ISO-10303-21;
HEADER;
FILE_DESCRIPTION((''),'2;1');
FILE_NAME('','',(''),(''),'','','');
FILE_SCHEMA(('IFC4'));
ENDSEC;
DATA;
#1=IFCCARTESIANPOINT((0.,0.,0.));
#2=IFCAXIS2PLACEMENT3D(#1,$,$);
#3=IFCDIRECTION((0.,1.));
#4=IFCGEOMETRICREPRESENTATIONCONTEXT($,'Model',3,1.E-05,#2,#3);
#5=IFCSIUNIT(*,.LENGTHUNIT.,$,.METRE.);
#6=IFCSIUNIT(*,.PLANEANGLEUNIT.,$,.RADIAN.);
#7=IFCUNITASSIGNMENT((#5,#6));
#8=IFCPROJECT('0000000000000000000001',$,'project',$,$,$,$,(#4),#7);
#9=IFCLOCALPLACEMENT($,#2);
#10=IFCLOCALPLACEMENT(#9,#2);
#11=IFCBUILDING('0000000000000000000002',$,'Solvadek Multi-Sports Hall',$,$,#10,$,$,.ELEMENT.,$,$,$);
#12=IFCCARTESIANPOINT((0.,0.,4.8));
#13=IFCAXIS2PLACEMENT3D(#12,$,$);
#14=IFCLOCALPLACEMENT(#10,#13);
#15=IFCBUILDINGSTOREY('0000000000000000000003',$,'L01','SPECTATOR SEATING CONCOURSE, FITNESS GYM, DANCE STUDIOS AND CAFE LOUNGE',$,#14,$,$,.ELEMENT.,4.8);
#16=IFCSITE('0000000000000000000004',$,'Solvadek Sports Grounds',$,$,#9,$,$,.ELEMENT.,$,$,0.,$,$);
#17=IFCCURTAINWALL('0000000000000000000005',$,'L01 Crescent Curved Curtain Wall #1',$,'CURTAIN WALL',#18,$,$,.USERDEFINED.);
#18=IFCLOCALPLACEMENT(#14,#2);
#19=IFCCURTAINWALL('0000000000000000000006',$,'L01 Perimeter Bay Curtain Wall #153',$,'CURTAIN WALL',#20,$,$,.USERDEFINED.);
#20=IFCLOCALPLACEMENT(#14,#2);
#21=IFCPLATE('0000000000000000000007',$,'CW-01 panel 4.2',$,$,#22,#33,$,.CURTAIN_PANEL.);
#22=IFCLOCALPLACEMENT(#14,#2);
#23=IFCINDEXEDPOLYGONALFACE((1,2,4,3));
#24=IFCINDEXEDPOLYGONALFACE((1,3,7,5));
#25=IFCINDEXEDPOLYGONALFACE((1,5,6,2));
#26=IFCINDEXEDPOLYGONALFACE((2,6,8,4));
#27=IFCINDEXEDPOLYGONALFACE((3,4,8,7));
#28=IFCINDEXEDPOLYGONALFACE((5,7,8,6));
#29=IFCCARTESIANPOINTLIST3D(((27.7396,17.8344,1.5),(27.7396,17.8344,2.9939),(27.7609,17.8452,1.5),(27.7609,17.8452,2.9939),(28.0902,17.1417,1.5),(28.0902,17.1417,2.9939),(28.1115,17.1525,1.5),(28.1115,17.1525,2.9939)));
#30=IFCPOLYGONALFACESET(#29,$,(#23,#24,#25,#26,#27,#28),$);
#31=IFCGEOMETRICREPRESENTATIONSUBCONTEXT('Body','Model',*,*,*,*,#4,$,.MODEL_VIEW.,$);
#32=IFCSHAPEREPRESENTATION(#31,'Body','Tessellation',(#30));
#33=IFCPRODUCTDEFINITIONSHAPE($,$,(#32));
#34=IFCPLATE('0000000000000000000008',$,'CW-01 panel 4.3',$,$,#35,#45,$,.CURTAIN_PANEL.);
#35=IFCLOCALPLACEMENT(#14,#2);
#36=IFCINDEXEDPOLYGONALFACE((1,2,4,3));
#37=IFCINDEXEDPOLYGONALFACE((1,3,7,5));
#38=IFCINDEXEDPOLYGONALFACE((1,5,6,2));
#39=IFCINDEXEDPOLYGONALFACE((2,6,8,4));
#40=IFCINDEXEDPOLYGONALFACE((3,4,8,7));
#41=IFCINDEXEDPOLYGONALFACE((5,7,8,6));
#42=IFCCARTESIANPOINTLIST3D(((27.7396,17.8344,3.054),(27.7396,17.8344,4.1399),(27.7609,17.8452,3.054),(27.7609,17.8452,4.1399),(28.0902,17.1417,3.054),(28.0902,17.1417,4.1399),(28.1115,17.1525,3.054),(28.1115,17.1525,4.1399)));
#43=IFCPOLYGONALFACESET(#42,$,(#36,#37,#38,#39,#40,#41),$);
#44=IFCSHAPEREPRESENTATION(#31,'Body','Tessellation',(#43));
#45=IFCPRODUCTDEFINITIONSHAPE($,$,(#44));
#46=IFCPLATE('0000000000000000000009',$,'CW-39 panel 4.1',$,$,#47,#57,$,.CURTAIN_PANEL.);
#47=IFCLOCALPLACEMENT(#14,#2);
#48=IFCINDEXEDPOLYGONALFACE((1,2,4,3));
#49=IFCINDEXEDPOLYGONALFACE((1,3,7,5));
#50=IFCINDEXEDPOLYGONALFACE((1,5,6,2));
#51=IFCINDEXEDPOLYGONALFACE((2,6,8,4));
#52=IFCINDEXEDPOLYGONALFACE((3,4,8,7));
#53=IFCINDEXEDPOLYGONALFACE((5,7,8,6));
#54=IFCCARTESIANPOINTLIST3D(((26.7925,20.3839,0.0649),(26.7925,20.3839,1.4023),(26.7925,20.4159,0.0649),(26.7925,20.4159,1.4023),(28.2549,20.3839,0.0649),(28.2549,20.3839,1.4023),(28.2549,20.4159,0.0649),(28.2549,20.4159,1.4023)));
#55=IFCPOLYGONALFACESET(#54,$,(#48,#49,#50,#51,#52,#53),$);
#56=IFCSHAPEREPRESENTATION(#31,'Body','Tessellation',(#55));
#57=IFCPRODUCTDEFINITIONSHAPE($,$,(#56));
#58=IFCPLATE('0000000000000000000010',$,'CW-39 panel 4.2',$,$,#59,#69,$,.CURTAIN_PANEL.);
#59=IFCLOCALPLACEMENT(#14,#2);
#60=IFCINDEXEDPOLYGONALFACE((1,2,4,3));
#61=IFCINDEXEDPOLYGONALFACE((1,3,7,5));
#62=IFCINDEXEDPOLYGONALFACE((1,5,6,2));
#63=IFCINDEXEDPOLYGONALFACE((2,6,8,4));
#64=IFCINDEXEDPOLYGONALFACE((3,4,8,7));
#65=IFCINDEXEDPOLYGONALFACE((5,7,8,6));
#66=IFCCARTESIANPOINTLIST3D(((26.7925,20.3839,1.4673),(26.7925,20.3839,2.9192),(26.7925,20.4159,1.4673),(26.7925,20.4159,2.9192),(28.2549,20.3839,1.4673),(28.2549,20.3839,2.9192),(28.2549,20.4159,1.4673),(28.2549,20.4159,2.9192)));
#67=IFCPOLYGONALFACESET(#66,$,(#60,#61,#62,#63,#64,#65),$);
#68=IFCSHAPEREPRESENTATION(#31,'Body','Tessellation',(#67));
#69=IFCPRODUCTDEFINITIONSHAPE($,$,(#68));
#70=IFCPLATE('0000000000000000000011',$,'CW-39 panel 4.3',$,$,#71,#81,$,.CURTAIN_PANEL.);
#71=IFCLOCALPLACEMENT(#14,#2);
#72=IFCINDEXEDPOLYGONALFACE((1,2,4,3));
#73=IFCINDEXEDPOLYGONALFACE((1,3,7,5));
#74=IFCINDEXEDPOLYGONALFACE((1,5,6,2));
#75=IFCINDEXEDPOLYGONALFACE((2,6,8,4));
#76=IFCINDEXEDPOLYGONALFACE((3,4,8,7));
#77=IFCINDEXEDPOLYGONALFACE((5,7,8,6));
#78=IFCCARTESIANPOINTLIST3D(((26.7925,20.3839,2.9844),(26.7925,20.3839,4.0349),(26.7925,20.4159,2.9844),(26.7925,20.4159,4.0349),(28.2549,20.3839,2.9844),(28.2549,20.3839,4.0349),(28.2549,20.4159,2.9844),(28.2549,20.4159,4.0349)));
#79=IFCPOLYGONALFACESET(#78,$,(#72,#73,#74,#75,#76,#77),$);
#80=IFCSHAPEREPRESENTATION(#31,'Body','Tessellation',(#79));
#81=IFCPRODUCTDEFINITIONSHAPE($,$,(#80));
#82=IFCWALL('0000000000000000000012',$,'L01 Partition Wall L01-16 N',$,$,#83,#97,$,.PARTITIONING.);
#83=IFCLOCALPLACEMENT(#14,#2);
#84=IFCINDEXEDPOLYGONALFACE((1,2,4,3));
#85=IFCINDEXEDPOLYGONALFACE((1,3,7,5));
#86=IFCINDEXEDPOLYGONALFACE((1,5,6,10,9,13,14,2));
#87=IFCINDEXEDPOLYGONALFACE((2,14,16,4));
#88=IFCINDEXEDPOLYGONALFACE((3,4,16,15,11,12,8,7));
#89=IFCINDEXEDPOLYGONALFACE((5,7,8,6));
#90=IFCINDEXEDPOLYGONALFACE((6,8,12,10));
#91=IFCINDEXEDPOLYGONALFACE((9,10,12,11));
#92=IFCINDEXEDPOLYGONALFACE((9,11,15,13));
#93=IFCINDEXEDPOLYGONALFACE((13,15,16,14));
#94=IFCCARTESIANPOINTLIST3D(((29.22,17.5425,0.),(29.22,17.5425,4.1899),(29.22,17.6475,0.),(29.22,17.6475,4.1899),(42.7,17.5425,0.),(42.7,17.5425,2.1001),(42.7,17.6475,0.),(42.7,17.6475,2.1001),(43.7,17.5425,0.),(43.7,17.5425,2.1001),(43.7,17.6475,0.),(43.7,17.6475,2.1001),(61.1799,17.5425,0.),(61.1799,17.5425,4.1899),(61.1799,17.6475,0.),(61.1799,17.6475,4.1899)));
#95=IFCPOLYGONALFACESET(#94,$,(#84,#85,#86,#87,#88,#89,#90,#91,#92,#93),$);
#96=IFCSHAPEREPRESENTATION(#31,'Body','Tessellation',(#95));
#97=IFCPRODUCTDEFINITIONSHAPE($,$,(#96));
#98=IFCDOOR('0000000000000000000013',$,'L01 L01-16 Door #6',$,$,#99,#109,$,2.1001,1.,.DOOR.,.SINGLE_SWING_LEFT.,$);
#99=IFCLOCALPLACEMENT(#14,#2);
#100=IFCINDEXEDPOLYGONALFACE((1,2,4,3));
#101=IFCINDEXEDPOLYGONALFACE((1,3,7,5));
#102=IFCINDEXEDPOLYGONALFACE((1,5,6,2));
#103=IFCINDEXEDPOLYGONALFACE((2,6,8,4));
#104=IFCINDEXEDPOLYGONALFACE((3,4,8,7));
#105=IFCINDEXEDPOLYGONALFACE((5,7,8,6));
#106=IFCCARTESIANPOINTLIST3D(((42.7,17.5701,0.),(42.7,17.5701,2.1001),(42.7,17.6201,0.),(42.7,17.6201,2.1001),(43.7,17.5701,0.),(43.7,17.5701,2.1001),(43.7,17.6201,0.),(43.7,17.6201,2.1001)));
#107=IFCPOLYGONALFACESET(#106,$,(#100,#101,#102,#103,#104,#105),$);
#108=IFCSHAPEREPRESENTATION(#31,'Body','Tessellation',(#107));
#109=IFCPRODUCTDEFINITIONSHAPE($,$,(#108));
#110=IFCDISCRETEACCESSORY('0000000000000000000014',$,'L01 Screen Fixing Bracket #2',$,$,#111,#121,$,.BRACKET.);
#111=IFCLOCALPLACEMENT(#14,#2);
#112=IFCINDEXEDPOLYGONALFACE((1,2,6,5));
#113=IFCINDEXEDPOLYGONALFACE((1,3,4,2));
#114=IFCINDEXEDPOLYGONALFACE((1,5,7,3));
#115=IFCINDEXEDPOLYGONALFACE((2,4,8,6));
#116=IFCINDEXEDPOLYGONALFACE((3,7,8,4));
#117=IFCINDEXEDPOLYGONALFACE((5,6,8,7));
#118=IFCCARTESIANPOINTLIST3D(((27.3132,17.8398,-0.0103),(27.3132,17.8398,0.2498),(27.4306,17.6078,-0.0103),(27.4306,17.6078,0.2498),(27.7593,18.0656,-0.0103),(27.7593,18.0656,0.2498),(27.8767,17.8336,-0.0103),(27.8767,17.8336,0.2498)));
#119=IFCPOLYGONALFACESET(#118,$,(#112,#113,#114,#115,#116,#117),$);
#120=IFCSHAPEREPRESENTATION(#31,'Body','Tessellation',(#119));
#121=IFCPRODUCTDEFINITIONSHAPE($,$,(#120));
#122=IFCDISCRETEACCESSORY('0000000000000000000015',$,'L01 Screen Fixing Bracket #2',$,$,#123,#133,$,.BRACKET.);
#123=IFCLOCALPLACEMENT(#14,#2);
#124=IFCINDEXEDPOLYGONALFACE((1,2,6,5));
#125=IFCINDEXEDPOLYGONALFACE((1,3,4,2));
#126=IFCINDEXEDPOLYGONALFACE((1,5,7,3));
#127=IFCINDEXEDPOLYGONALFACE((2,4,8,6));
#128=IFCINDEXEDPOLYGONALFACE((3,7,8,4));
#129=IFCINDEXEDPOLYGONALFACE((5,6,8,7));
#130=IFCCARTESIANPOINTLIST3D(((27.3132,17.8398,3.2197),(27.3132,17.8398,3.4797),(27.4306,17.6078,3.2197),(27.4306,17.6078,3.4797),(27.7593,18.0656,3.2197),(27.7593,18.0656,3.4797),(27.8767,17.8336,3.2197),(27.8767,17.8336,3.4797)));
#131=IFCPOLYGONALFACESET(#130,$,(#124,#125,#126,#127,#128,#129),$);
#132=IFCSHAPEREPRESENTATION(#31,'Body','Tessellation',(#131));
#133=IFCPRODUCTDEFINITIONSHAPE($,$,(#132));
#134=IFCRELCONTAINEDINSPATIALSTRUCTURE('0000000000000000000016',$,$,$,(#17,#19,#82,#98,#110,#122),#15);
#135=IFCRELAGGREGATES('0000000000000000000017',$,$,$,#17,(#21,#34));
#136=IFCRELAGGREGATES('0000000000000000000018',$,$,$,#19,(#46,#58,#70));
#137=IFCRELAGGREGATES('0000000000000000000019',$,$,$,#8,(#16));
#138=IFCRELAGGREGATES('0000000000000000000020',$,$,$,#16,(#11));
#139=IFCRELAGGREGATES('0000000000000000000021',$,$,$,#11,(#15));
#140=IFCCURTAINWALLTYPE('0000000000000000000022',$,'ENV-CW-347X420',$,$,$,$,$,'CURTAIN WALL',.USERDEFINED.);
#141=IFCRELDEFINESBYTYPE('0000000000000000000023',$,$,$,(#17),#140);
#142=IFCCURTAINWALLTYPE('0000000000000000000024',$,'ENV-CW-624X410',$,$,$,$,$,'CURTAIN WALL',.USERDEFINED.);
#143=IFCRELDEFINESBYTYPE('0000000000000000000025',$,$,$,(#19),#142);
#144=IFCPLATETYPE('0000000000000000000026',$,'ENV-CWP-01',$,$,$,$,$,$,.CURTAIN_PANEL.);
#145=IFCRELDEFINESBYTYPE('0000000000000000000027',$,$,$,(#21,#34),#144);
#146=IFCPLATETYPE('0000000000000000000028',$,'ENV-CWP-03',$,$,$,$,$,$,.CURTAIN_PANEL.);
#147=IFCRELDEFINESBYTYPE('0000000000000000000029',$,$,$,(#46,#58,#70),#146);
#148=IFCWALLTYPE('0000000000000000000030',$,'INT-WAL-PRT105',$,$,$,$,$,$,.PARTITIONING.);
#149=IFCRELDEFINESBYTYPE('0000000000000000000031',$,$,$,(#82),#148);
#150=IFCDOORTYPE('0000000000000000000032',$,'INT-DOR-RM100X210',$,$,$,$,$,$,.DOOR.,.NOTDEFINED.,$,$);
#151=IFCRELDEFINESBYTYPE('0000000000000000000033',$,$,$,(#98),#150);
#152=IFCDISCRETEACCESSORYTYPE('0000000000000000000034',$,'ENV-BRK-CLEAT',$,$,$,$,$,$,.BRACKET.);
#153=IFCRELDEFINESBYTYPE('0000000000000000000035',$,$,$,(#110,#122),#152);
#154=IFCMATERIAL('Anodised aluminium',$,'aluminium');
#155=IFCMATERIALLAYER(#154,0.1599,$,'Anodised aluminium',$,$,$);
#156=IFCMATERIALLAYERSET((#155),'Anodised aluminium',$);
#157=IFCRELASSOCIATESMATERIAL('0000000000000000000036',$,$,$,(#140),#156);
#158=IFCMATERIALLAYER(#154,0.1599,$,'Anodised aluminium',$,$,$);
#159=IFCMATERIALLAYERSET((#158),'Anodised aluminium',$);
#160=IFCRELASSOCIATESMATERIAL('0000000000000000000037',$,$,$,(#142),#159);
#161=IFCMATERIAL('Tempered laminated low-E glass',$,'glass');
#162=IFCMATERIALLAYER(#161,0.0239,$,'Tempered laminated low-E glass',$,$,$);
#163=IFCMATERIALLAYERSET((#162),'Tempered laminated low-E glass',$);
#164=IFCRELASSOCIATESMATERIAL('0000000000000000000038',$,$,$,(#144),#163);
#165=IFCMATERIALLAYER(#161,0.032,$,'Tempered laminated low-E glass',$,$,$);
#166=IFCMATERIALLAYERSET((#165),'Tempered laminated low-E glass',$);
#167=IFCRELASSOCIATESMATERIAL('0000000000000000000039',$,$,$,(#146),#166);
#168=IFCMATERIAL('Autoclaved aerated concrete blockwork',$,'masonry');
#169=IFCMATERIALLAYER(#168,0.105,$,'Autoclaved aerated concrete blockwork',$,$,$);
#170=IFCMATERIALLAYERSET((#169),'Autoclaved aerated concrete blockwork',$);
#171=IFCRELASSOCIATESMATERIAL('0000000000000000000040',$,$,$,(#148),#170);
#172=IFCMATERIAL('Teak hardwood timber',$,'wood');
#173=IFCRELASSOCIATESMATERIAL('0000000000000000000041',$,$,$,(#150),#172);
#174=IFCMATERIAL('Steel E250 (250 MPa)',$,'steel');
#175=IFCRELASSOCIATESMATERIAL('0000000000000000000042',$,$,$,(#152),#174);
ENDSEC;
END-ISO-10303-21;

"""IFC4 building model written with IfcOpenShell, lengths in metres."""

from ifc_helpers import new_model, si_unit, direction, frame, frame_2d, origin, origin_2d, place, context, subcontext, project, spatial, rectangle, extrude, material, layer, layer_set, type_object, element, fill, aggregate, save


model = new_model("IFC4")

# Units and contexts
model_context = context("Model", 3, precision=1e-05, world=origin(), true_north=direction((0.0, 1.0)))
body_context = subcontext(model_context, "Body", "Model", "MODEL_VIEW")
ifc_project = project(units=[si_unit("LENGTHUNIT", "METRE"), si_unit("PLANEANGLEUNIT", "RADIAN")], contexts=[model_context])

# Site, building, storey
site_placement = place(None, origin())
site = spatial("IfcSite", under=ifc_project, at=site_placement, Name="Solvadek Sports Grounds", CompositionType="ELEMENT", RefElevation=0.0)
building_placement = place(site_placement, origin())
building = spatial("IfcBuilding", under=site, at=building_placement, Name="Solvadek Multi-Sports Hall", CompositionType="ELEMENT")
storey_placement = place(building_placement, frame((0.0, 0.0, 4.8)))
storey = spatial("IfcBuildingStorey", under=building, at=storey_placement, Name="L01", Description="SPECTATOR SEATING CONCOURSE, FITNESS GYM, DANCE STUDIOS AND CAFE LOUNGE", CompositionType="ELEMENT", Elevation=4.8)

# Curtain wall
ifc_material_1 = material(Name="Anodised aluminium", Category="aluminium")
ifc_layer_1 = layer(ifc_material_1, 0.1599, Name="Anodised aluminium")
ifc_layer_set_1 = layer_set([ifc_layer_1], Name="Anodised aluminium")
curtain_wall_type_1 = type_object("IfcCurtainWallType", Name="ENV-CW-347X420", ElementType="CURTAIN WALL", PredefinedType="USERDEFINED", material=ifc_layer_set_1)
curtain_wall_1_placement = place(storey_placement, origin())
curtain_wall_1 = element("IfcCurtainWall", 1, at=curtain_wall_1_placement, inside=storey, type_object=curtain_wall_type_1, Name="L01 Crescent Curved Curtain Wall #1", ObjectType="CURTAIN WALL", PredefinedType="USERDEFINED")

# Curtain wall
ifc_layer_2 = layer(ifc_material_1, 0.1599, Name="Anodised aluminium")
ifc_layer_set_2 = layer_set([ifc_layer_2], Name="Anodised aluminium")
curtain_wall_type_2 = type_object("IfcCurtainWallType", Name="ENV-CW-624X410", ElementType="CURTAIN WALL", PredefinedType="USERDEFINED", material=ifc_layer_set_2)
curtain_wall_2_placement = place(storey_placement, origin())
curtain_wall_2 = element("IfcCurtainWall", 2, at=curtain_wall_2_placement, inside=storey, type_object=curtain_wall_type_2, Name="L01 Perimeter Bay Curtain Wall #153", ObjectType="CURTAIN WALL", PredefinedType="USERDEFINED")

# Plates
ifc_material_2 = material(Name="Tempered laminated low-E glass", Category="glass")
ifc_layer_3 = layer(ifc_material_2, 0.0239, Name="Tempered laminated low-E glass")
ifc_layer_set_3 = layer_set([ifc_layer_3], Name="Tempered laminated low-E glass")
plate_type_1 = type_object("IfcPlateType", Name="ENV-CWP-01", PredefinedType="CURTAIN_PANEL", material=ifc_layer_set_3)
plate_1_placement = place(storey_placement, frame((27.9255, 17.4934, 1.5), z_axis=(0.0, 0.0, 1.0), x_axis=(0.451559, -0.892241, 0.0)))
plate_1 = element("IfcPlate", 3, at=plate_1_placement, type_object=plate_type_1, Name="CW-01 panel 4.2", PredefinedType="CURTAIN_PANEL", context=body_context, shape_type="SweptSolid", body=[
    extrude(rectangle(XDim=0.7764, YDim=0.0239, at=origin_2d()), origin(), (0.0, 0.0, 1.0), 1.4939),
])
plate_2_placement = place(storey_placement, frame((27.9255, 17.4934, 3.054), z_axis=(0.0, 0.0, 1.0), x_axis=(0.451559, -0.892241, 0.0)))
plate_2 = element("IfcPlate", 4, at=plate_2_placement, type_object=plate_type_1, Name="CW-01 panel 4.3", PredefinedType="CURTAIN_PANEL", context=body_context, shape_type="SweptSolid", body=[
    extrude(rectangle(XDim=0.7764, YDim=0.0239, at=origin_2d()), origin(), (0.0, 0.0, 1.0), 1.0859),
])
aggregate(curtain_wall_1, [plate_1, plate_2])
ifc_layer_4 = layer(ifc_material_2, 0.032, Name="Tempered laminated low-E glass")
ifc_layer_set_4 = layer_set([ifc_layer_4], Name="Tempered laminated low-E glass")
plate_type_2 = type_object("IfcPlateType", Name="ENV-CWP-03", PredefinedType="CURTAIN_PANEL", material=ifc_layer_set_4)
plate_3_placement = place(storey_placement, frame((27.5237, 20.3999, 0.0649), z_axis=(0.0, 0.0, 1.0), x_axis=(1.0, 0.0, 0.0)))
plate_3 = element("IfcPlate", 5, at=plate_3_placement, type_object=plate_type_2, Name="CW-39 panel 4.1", PredefinedType="CURTAIN_PANEL", context=body_context, shape_type="SweptSolid", body=[
    extrude(rectangle(XDim=1.4624, YDim=0.032, at=origin_2d()), origin(), (0.0, 0.0, 1.0), 1.3374),
])
plate_4_placement = place(storey_placement, frame((27.5237, 20.3999, 1.4673), z_axis=(0.0, 0.0, 1.0), x_axis=(1.0, 0.0, 0.0)))
plate_4 = element("IfcPlate", 6, at=plate_4_placement, type_object=plate_type_2, Name="CW-39 panel 4.2", PredefinedType="CURTAIN_PANEL", context=body_context, shape_type="SweptSolid", body=[
    extrude(rectangle(XDim=1.4624, YDim=0.032, at=origin_2d()), origin(), (0.0, 0.0, 1.0), 1.4519),
])
plate_5_placement = place(storey_placement, frame((27.5237, 20.3999, 2.9844), z_axis=(0.0, 0.0, 1.0), x_axis=(1.0, 0.0, 0.0)))
plate_5 = element("IfcPlate", 7, at=plate_5_placement, type_object=plate_type_2, Name="CW-39 panel 4.3", PredefinedType="CURTAIN_PANEL", context=body_context, shape_type="SweptSolid", body=[
    extrude(rectangle(XDim=1.4624, YDim=0.032, at=origin_2d()), origin(), (0.0, 0.0, 1.0), 1.0505),
])
aggregate(curtain_wall_2, [plate_3, plate_4, plate_5])

# Wall, opening, door
ifc_material_3 = material(Name="Autoclaved aerated concrete blockwork", Category="masonry")
ifc_layer_5 = layer(ifc_material_3, 0.105, Name="Autoclaved aerated concrete blockwork")
ifc_layer_set_5 = layer_set([ifc_layer_5], Name="Autoclaved aerated concrete blockwork")
wall_type = type_object("IfcWallType", Name="INT-WAL-PRT105", PredefinedType="PARTITIONING", material=ifc_layer_set_5)
wall_placement = place(storey_placement, frame((29.22, 17.595, 0.0), z_axis=(0.0, 0.0, 1.0), x_axis=(1.0, 0.0, 0.0)))
wall = element("IfcWall", 8, at=wall_placement, inside=storey, type_object=wall_type, Name="L01 Partition Wall L01-16 N", PredefinedType="PARTITIONING", context=body_context, shape_type="SweptSolid", body=[
    extrude(rectangle(XDim=31.96, YDim=0.105, at=frame_2d((15.98, 0.0))), origin(), (0.0, 0.0, 1.0), 4.1899),
])
opening_placement = place(wall_placement, frame((13.48, 0.0, 0.0)))
opening = element("IfcOpeningElement", 9, at=opening_placement, cuts=wall, PredefinedType="OPENING", context=body_context, shape_type="SweptSolid", body=[
    extrude(rectangle(XDim=1.0, YDim=2.1001, at=frame_2d((0.5, 1.05))), frame((0.0, 0.0625, 0.0), z_axis=(0.0, -1.0, 0.0), x_axis=(1.0, 0.0, 0.0)), (0.0, 0.0, 1.0), 0.125),
])
ifc_material_4 = material(Name="Teak hardwood timber", Category="wood")
door_type = type_object("IfcDoorType", Name="INT-DOR-RM100X210", OperationType="NOTDEFINED", PredefinedType="DOOR", material=ifc_material_4)
door_placement = place(opening_placement, frame((1.0, 0.0, 0.0), z_axis=(0.0, 0.0, 1.0), x_axis=(-1.0, 0.0, 0.0)))
door = element("IfcDoor", 10, at=door_placement, inside=storey, type_object=door_type, Name="L01 L01-16 Door #6", OperationType="SINGLE_SWING_LEFT", OverallHeight=2.1001, OverallWidth=1.0, PredefinedType="DOOR", context=body_context, shape_type="SweptSolid", body=[
    extrude(rectangle(XDim=1.0, YDim=2.1001, at=frame_2d((0.5, 1.05))), frame((0.0, 0.0249, 0.0), z_axis=(0.0, -1.0, 0.0), x_axis=(1.0, 0.0, 0.0)), (0.0, 0.0, 1.0), 0.05),
])
fill(opening, door)

# Discrete accessories
ifc_material_5 = material(Name="Steel E250 (250 MPa)", Category="steel")
discrete_accessory_type = type_object("IfcDiscreteAccessoryType", Name="ENV-BRK-CLEAT", PredefinedType="BRACKET", material=ifc_material_5)
for number, where, z_axis, x_axis, name in (
    (11, (27.595, 17.8367, -0.0103), (0.0, 0.0, 1.0), (0.451555, -0.892243, 0.0), "L01 Screen Fixing Bracket #2"),
    (12, (27.595, 17.8367, 3.2197), (0.0, 0.0, 1.0), (0.451555, -0.892243, 0.0), "L01 Screen Fixing Bracket #2"),
):
    element("IfcDiscreteAccessory", number, at=place(storey_placement, frame(where, z_axis=z_axis, x_axis=x_axis)), inside=storey, type_object=discrete_accessory_type, Name=name, PredefinedType="BRACKET", context=body_context, shape_type="SweptSolid", body=[
        extrude(rectangle(XDim=0.26, YDim=0.5, at=origin_2d()), origin(), (0.0, 0.0, 1.0), 0.26),
    ])

save(model, "model.ifc")
